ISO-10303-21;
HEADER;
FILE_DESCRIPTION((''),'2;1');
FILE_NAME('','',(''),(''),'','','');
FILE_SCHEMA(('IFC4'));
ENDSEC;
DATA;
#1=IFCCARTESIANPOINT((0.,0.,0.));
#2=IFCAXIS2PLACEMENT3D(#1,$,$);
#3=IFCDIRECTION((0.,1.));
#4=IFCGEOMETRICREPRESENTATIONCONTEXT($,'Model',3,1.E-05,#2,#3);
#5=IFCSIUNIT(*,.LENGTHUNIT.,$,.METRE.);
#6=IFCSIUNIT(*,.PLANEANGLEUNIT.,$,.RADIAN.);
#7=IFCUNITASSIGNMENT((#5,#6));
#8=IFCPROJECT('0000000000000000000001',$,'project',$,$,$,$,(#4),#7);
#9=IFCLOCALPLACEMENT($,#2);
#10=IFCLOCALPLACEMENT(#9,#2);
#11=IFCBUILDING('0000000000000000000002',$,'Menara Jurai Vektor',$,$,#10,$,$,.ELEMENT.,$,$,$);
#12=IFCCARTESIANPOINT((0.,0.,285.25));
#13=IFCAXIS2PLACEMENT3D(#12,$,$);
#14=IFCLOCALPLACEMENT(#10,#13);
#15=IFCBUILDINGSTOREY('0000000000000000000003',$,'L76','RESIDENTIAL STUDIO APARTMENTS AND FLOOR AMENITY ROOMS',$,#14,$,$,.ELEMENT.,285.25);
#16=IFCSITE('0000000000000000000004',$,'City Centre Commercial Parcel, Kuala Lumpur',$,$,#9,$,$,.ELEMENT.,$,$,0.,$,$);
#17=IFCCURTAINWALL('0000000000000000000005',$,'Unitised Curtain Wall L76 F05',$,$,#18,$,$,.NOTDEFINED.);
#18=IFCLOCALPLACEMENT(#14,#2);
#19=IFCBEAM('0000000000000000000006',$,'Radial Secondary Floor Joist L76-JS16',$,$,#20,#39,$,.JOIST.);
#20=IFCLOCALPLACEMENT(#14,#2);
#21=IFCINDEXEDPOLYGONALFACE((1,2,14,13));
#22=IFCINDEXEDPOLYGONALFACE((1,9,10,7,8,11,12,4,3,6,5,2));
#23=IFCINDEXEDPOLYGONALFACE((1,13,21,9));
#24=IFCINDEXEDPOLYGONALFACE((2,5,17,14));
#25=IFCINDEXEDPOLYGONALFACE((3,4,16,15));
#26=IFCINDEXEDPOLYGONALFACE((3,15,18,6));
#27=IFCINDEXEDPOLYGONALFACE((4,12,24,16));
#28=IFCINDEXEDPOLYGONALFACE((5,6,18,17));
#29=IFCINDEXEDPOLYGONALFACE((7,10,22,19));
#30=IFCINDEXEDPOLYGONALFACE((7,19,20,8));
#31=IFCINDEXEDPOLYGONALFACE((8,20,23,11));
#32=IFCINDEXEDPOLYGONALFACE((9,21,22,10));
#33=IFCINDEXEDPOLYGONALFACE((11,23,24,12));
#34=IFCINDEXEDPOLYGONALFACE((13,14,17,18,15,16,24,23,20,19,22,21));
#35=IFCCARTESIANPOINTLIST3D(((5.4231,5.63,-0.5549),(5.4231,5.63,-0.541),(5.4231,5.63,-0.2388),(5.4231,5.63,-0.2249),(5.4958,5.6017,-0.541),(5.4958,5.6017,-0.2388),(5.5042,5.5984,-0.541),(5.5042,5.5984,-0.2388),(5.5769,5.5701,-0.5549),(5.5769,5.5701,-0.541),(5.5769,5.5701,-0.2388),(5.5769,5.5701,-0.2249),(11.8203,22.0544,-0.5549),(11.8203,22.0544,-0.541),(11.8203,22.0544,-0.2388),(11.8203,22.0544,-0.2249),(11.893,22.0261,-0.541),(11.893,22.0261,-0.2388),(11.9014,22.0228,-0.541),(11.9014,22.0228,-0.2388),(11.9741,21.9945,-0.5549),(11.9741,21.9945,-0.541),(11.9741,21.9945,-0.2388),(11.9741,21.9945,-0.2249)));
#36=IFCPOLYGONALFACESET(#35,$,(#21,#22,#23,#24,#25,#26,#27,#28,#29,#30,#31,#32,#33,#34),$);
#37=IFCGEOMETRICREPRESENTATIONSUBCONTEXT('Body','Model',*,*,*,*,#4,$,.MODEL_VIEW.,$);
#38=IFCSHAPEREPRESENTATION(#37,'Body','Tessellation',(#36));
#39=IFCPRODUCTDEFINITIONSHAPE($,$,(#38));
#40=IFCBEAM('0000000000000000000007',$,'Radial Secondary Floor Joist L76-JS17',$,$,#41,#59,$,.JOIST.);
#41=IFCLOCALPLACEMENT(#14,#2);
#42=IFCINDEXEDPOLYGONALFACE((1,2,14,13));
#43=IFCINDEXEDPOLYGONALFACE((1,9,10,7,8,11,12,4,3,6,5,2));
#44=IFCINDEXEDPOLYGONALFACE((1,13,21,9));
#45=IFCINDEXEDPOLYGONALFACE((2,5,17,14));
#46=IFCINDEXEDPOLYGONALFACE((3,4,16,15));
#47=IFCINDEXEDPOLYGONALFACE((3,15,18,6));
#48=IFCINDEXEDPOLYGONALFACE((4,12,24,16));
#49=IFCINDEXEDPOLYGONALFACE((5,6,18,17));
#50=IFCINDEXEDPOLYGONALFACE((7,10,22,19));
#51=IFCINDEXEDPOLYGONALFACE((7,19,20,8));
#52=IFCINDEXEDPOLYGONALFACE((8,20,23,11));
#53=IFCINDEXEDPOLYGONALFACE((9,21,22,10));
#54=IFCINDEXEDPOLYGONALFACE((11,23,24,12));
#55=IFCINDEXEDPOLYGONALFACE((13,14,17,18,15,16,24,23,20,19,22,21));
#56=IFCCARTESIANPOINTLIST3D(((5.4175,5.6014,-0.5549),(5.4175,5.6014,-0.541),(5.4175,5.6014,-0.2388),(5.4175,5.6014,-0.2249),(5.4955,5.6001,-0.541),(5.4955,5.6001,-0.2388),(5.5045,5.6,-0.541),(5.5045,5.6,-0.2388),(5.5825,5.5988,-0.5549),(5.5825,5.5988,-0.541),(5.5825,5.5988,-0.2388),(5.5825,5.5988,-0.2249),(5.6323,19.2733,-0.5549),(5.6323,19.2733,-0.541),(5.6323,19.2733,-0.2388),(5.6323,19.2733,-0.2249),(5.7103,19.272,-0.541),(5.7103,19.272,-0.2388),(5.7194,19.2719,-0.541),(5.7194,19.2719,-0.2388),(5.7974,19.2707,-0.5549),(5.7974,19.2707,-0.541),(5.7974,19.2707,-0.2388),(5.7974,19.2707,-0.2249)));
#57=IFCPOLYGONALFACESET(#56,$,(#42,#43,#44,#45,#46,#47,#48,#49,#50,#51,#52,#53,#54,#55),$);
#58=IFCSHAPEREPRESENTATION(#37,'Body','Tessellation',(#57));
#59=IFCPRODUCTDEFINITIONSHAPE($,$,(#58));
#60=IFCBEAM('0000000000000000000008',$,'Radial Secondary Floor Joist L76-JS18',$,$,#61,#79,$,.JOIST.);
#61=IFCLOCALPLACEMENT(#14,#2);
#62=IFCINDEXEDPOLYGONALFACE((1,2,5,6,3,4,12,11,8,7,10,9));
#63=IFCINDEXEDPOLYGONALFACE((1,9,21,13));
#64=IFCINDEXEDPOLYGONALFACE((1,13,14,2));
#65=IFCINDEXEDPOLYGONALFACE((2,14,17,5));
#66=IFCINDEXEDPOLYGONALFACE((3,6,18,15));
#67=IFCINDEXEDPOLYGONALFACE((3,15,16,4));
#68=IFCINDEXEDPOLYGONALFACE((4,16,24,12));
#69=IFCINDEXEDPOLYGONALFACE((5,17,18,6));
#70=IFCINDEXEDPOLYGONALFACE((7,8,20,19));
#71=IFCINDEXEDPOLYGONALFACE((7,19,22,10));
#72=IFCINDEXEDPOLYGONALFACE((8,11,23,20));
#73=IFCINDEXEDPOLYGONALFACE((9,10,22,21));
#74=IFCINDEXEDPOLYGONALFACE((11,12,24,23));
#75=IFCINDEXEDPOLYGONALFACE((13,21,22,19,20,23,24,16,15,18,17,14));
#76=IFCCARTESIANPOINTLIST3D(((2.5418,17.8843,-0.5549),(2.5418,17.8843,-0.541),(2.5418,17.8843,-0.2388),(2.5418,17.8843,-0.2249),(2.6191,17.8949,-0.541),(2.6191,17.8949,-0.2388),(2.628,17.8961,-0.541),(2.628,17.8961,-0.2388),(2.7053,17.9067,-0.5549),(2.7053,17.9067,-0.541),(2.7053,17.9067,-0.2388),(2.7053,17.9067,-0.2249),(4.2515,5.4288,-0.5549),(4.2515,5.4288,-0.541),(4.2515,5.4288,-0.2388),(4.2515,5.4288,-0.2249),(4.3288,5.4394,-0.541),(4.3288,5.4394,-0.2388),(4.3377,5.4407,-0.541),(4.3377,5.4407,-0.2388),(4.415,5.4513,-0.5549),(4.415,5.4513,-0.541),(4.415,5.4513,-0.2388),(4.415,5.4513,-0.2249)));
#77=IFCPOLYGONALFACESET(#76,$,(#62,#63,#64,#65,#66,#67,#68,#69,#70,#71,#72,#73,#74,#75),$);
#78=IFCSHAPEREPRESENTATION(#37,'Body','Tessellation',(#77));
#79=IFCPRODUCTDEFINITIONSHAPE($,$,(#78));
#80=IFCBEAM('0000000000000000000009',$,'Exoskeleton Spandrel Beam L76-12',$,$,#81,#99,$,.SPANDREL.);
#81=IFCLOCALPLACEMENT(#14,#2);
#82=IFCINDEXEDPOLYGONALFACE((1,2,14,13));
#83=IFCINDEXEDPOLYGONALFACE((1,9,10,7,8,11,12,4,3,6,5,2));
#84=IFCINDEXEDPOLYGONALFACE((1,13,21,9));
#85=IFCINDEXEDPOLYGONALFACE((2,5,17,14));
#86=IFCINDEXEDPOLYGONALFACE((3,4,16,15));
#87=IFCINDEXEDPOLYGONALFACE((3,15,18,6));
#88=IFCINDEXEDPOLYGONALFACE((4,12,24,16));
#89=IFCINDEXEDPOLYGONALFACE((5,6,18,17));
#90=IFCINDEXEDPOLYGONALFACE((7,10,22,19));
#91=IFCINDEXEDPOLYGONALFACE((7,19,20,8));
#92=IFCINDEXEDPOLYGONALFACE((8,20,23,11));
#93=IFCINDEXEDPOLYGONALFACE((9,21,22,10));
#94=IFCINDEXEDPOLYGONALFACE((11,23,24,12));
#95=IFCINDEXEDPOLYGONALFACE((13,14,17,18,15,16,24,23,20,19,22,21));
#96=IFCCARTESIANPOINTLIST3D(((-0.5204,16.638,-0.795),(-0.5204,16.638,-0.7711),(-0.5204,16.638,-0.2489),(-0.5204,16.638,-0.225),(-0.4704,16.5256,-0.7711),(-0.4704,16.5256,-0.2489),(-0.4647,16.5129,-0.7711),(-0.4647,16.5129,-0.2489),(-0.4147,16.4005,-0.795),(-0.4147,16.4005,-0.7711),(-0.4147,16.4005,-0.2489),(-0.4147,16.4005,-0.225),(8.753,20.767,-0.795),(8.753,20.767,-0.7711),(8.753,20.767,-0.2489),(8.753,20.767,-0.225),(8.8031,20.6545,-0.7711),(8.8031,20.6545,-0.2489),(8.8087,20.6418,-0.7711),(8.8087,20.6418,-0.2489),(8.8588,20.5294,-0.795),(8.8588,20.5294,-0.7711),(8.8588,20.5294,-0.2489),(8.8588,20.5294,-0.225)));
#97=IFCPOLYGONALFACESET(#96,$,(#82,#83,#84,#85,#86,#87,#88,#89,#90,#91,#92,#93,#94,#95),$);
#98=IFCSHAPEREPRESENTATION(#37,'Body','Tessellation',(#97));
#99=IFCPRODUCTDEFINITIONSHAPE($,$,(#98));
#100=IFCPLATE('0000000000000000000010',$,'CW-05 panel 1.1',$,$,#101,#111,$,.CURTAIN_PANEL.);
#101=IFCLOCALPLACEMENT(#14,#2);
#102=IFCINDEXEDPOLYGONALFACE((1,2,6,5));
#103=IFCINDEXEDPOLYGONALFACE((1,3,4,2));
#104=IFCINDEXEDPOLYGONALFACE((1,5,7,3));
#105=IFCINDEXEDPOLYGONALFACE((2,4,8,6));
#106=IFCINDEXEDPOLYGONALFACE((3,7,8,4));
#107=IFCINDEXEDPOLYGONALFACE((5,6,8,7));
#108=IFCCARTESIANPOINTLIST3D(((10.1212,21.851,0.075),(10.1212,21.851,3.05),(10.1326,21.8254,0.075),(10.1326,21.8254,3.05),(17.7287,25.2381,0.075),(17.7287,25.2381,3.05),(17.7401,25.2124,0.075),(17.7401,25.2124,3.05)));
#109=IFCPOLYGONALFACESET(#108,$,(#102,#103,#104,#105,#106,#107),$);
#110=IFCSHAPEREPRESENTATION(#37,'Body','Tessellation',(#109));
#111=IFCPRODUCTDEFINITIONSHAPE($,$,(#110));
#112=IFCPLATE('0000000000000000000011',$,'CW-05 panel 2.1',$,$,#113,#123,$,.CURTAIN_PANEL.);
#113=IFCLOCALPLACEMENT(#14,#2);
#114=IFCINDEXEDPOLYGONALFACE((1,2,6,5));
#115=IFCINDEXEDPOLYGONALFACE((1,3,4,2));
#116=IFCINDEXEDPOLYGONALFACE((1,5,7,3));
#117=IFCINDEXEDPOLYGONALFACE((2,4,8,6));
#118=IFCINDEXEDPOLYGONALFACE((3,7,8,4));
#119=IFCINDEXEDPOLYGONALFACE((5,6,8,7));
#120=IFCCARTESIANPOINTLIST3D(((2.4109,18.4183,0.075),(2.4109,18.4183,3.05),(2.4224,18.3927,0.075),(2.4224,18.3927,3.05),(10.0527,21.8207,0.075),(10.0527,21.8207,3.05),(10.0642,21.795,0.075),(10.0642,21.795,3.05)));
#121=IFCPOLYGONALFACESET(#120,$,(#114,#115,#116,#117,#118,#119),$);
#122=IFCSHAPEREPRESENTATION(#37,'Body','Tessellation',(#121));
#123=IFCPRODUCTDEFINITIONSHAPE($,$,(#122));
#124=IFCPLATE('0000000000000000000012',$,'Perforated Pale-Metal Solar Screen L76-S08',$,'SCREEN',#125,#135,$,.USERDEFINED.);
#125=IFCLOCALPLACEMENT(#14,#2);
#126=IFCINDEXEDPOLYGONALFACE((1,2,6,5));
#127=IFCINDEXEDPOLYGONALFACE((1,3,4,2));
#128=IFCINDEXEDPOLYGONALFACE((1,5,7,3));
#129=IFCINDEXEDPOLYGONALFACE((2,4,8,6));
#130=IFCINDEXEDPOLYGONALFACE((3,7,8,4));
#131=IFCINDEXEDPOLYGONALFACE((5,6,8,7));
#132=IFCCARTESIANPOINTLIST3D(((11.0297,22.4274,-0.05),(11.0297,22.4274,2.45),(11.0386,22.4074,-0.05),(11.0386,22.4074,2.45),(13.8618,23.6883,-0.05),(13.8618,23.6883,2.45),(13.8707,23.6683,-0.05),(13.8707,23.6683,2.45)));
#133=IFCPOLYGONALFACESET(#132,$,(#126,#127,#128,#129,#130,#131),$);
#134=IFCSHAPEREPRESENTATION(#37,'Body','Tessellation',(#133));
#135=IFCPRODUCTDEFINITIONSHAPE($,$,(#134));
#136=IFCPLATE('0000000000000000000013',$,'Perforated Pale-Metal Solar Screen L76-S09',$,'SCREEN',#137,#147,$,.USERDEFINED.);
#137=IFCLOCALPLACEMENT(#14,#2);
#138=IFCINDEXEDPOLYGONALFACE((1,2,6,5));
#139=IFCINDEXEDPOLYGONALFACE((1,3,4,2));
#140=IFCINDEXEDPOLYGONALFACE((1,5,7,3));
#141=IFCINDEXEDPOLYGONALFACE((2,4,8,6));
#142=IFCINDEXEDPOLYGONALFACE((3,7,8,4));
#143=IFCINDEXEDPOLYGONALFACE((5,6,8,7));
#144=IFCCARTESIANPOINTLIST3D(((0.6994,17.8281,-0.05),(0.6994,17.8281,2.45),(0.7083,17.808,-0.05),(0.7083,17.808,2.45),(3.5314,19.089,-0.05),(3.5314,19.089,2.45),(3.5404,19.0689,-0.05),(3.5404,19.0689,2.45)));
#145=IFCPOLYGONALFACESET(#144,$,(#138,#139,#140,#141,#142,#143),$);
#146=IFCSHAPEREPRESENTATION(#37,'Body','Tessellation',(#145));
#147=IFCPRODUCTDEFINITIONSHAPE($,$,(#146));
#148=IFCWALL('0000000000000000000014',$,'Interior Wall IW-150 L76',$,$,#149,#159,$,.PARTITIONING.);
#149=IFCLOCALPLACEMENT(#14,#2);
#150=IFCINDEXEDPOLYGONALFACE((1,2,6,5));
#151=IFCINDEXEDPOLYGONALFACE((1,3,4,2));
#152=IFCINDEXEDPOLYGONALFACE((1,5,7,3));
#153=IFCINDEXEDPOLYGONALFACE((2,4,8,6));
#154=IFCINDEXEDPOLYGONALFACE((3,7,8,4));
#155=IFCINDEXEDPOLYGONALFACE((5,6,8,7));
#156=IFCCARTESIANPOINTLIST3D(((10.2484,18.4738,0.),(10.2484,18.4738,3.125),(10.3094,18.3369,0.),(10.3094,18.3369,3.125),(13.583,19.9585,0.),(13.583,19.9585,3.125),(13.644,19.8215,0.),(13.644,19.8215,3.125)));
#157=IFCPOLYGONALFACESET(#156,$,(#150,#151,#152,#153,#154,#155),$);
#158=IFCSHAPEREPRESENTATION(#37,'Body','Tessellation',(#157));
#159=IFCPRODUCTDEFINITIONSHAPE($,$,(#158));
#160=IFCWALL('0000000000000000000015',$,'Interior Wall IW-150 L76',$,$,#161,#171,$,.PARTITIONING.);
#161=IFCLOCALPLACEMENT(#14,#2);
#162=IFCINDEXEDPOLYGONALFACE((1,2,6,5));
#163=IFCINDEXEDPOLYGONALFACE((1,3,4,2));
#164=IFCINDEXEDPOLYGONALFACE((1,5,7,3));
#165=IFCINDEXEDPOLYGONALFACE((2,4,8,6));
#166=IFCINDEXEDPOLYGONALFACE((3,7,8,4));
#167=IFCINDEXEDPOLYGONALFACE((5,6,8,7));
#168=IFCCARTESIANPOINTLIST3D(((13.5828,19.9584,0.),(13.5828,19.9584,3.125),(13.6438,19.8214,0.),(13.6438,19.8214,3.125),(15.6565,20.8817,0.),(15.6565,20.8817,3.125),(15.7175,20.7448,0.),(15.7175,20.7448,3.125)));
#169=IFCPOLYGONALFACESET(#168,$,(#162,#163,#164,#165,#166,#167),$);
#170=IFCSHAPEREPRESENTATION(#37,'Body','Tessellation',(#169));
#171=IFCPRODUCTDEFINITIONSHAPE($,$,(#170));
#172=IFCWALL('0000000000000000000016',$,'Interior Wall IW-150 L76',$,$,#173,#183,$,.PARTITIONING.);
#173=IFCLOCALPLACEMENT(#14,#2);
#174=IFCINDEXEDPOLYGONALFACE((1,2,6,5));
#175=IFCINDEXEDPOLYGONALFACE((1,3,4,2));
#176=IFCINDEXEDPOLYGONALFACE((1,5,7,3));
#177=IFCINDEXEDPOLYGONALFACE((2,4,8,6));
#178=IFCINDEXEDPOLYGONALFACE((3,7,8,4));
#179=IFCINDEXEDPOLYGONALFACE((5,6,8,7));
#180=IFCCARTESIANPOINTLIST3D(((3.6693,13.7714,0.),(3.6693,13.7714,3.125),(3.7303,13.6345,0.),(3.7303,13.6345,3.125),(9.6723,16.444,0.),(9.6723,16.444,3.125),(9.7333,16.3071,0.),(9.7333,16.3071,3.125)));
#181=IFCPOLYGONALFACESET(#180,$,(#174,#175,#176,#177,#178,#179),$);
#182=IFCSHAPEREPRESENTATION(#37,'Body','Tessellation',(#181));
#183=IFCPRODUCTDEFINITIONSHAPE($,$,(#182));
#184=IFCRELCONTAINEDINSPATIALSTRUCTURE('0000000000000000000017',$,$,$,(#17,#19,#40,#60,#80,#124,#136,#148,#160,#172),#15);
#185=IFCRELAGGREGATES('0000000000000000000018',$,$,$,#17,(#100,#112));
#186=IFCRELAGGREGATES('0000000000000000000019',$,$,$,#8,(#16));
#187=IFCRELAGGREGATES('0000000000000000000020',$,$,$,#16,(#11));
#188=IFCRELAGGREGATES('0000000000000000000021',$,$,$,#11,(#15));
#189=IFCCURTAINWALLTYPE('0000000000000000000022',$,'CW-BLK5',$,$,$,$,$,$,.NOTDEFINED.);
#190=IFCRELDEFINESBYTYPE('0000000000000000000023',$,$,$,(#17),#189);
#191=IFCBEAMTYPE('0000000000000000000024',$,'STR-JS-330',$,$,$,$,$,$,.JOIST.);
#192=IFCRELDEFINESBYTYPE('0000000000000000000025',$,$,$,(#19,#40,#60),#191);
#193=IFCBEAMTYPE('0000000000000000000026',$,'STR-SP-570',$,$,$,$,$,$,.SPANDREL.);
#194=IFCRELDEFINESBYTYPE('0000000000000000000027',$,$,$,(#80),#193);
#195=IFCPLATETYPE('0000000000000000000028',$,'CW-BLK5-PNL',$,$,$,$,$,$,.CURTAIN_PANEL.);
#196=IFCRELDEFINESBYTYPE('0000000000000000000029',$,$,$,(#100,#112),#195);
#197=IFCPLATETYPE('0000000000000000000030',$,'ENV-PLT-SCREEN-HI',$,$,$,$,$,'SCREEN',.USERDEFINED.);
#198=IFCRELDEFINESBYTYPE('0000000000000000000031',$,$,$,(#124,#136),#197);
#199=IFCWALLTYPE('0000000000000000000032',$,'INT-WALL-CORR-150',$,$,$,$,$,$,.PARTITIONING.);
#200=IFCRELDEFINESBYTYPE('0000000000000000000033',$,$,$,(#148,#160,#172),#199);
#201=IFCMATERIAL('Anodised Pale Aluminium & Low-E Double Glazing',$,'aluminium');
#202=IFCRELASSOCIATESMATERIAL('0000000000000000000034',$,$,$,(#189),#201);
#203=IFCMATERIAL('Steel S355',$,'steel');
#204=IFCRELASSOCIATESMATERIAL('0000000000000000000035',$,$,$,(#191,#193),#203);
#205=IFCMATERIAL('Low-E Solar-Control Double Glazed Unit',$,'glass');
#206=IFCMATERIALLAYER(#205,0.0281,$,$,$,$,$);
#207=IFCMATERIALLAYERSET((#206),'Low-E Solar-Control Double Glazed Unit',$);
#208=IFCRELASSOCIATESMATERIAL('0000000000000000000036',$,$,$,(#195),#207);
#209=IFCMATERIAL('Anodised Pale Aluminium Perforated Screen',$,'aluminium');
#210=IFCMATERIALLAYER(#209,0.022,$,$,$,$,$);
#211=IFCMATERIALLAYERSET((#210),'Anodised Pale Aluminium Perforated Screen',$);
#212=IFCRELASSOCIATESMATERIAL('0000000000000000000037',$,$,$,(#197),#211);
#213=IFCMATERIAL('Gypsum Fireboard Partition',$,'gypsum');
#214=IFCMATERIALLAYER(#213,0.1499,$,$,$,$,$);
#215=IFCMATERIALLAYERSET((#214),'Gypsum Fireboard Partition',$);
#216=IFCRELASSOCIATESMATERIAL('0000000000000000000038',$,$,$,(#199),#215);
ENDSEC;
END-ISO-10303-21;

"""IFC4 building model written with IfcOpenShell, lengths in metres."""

from ifc_helpers import new_model, si_unit, direction, frame, frame_2d, origin, origin_2d, place, context, subcontext, project, spatial, rectangle, i_section, extrude, material, layer, layer_set, material_profile, profile_set, type_object, element, aggregate, save


model = new_model("IFC4")

# Units and contexts
model_context = context("Model", 3, precision=1e-05, world=origin(), true_north=direction((0.0, 1.0)))
body_context = subcontext(model_context, "Body", "Model", "MODEL_VIEW")
ifc_project = project(units=[si_unit("LENGTHUNIT", "METRE"), si_unit("PLANEANGLEUNIT", "RADIAN")], contexts=[model_context])

# Site, building, storey
site_placement = place(None, origin())
site = spatial("IfcSite", under=ifc_project, at=site_placement, Name="City Centre Commercial Parcel, Kuala Lumpur", CompositionType="ELEMENT", RefElevation=0.0)
building_placement = place(site_placement, origin())
building = spatial("IfcBuilding", under=site, at=building_placement, Name="Menara Jurai Vektor", CompositionType="ELEMENT")
storey_placement = place(building_placement, frame((0.0, 0.0, 285.25)))
storey = spatial("IfcBuildingStorey", under=building, at=storey_placement, Name="L76", Description="RESIDENTIAL STUDIO APARTMENTS AND FLOOR AMENITY ROOMS", CompositionType="ELEMENT", Elevation=285.25)

# Curtain wall
ifc_material_1 = material(Name="Anodised Pale Aluminium & Low-E Double Glazing", Category="aluminium")
curtain_wall_type = type_object("IfcCurtainWallType", Name="CW-BLK5", PredefinedType="NOTDEFINED", material=ifc_material_1)
curtain_wall_placement = place(storey_placement, origin())
curtain_wall = element("IfcCurtainWall", 1, at=curtain_wall_placement, inside=storey, type_object=curtain_wall_type, Name="Unitised Curtain Wall L76 F05", PredefinedType="NOTDEFINED")

# Beams
ifc_material_2 = material(Name="Steel S355", Category="steel")
ifc_material_profile_1 = material_profile(ifc_material_2, i_section(OverallWidth=0.165, OverallDepth=0.3301, WebThickness=0.009, FlangeThickness=0.0139, at=origin_2d()), Name="PG 330x165x46")
ifc_profile_set_1 = profile_set([ifc_material_profile_1], Name="Steel S355")
beam_type_1 = type_object("IfcBeamType", Name="STR-JS-330", PredefinedType="JOIST", material=ifc_profile_set_1)
beam_1_placement = place(storey_placement, frame((11.8972, 22.0244, -0.3899), z_axis=(-0.362938, -0.931813, 0.0), x_axis=(0.931813, -0.362938, 0.0)))
element("IfcBeam", 2, at=beam_1_placement, inside=storey, type_object=beam_type_1, Name="Radial Secondary Floor Joist L76-JS16", PredefinedType="JOIST", context=body_context, shape_type="SweptSolid", body=[
    extrude(i_section(OverallWidth=0.165, OverallDepth=0.3301, WebThickness=0.009, FlangeThickness=0.0139, at=origin_2d()), origin(), (0.0, 0.0, 1.0), 17.6262),
])
beam_2_placement = place(storey_placement, frame((5.7148, 19.272, -0.3899), z_axis=(-0.015712, -0.999877, 0.0), x_axis=(0.999877, -0.015712, 0.0)))
element("IfcBeam", 3, at=beam_2_placement, inside=storey, type_object=beam_type_1, Name="Radial Secondary Floor Joist L76-JS17", PredefinedType="JOIST", context=body_context, shape_type="SweptSolid", body=[
    extrude(i_section(OverallWidth=0.165, OverallDepth=0.3301, WebThickness=0.009, FlangeThickness=0.0139, at=origin_2d()), origin(), (0.0, 0.0, 1.0), 13.6736),
])
beam_3_placement = place(storey_placement, frame((2.6235, 17.8955, -0.3899), z_axis=(0.13599, -0.99071, 0.0), x_axis=(0.99071, 0.13599, 0.0)))
element("IfcBeam", 4, at=beam_3_placement, inside=storey, type_object=beam_type_1, Name="Radial Secondary Floor Joist L76-JS18", PredefinedType="JOIST", context=body_context, shape_type="SweptSolid", body=[
    extrude(i_section(OverallWidth=0.165, OverallDepth=0.3301, WebThickness=0.009, FlangeThickness=0.0139, at=origin_2d()), origin(), (0.0, 0.0, 1.0), 12.5723),
])
ifc_material_profile_2 = material_profile(ifc_material_2, i_section(OverallWidth=0.26, OverallDepth=0.5701, WebThickness=0.0139, FlangeThickness=0.0239, at=origin_2d()), Name="PG 570x260x145")
ifc_profile_set_2 = profile_set([ifc_material_profile_2], Name="Steel S355")
beam_type_2 = type_object("IfcBeamType", Name="STR-SP-570", PredefinedType="SPANDREL", material=ifc_profile_set_2)
beam_4_placement = place(storey_placement, frame((8.8059, 20.6482, -0.51), z_axis=(-0.913542, -0.406745, 0.0), x_axis=(0.406745, -0.913542, 0.0)))
element("IfcBeam", 5, at=beam_4_placement, inside=storey, type_object=beam_type_2, Name="Exoskeleton Spandrel Beam L76-12", PredefinedType="SPANDREL", context=body_context, shape_type="SweptSolid", body=[
    extrude(i_section(OverallWidth=0.26, OverallDepth=0.5701, WebThickness=0.0139, FlangeThickness=0.0239, at=origin_2d()), origin(), (0.0, 0.0, 1.0), 10.1511),
])

# Plates
ifc_material_3 = material(Name="Low-E Solar-Control Double Glazed Unit", Category="glass")
ifc_layer_1 = layer(ifc_material_3, 0.0281)
ifc_layer_set_1 = layer_set([ifc_layer_1], Name="Low-E Solar-Control Double Glazed Unit")
plate_type_1 = type_object("IfcPlateType", Name="CW-BLK5-PNL", PredefinedType="CURTAIN_PANEL", material=ifc_layer_set_1)
plate_1_placement = place(storey_placement, frame((13.9307, 23.5317, 0.075), z_axis=(0.0, 0.0, 1.0), x_axis=(-0.913546, -0.406735, 0.0)))
plate_1 = element("IfcPlate", 6, at=plate_1_placement, type_object=plate_type_1, Name="CW-05 panel 1.1", PredefinedType="CURTAIN_PANEL", context=body_context, shape_type="SweptSolid", body=[
    extrude(rectangle(XDim=8.3274, YDim=0.0281, at=origin_2d()), origin(), (0.0, 0.0, 1.0), 2.9751),
])
plate_2_placement = place(storey_placement, frame((6.2375, 20.1067, 0.075), z_axis=(0.0, 0.0, 1.0), x_axis=(-0.913546, -0.406735, 0.0)))
plate_2 = element("IfcPlate", 7, at=plate_2_placement, type_object=plate_type_1, Name="CW-05 panel 2.1", PredefinedType="CURTAIN_PANEL", context=body_context, shape_type="SweptSolid", body=[
    extrude(rectangle(XDim=8.365, YDim=0.0281, at=origin_2d()), origin(), (0.0, 0.0, 1.0), 2.9751),
])
aggregate(curtain_wall, [plate_1, plate_2])

# Plates
ifc_material_4 = material(Name="Anodised Pale Aluminium Perforated Screen", Category="aluminium")
ifc_layer_2 = layer(ifc_material_4, 0.022)
ifc_layer_set_2 = layer_set([ifc_layer_2], Name="Anodised Pale Aluminium Perforated Screen")
plate_type_2 = type_object("IfcPlateType", Name="ENV-PLT-SCREEN-HI", ElementType="SCREEN", PredefinedType="USERDEFINED", material=ifc_layer_set_2)
for number, where, z_axis, x_axis, name in (
    (8, (12.4502, 23.0479, -0.05), (0.0, 0.0, 1.0), (-0.913545, -0.406737, 0.0), "Perforated Pale-Metal Solar Screen L76-S08"),
    (9, (2.1199, 18.4485, -0.05), (0.0, 0.0, 1.0), (-0.913545, -0.406737, 0.0), "Perforated Pale-Metal Solar Screen L76-S09"),
):
    element("IfcPlate", number, at=place(storey_placement, frame(where, z_axis=z_axis, x_axis=x_axis)), inside=storey, type_object=plate_type_2, Name=name, ObjectType="SCREEN", PredefinedType="USERDEFINED", context=body_context, shape_type="SweptSolid", body=[
        extrude(rectangle(XDim=3.1001, YDim=0.022, at=origin_2d()), origin(), (0.0, 0.0, 1.0), 2.5),
    ])

# Walls
ifc_material_5 = material(Name="Gypsum Fireboard Partition", Category="gypsum")
ifc_layer_3 = layer(ifc_material_5, 0.1499)
ifc_layer_set_3 = layer_set([ifc_layer_3], Name="Gypsum Fireboard Partition")
wall_type = type_object("IfcWallType", Name="INT-WALL-CORR-150", PredefinedType="PARTITIONING", material=ifc_layer_set_3)
wall_1_placement = place(storey_placement, frame((10.2788, 18.4053, 0.0), z_axis=(0.0, 0.0, 1.0), x_axis=(0.913544, 0.40674, 0.0)))
element("IfcWall", 10, at=wall_1_placement, inside=storey, type_object=wall_type, Name="Interior Wall IW-150 L76", PredefinedType="PARTITIONING", context=body_context, shape_type="SweptSolid", body=[
    extrude(rectangle(XDim=3.6501, YDim=0.1499, at=frame_2d((1.8252, 0.0))), origin(), (0.0, 0.0, 1.0), 3.125),
])
wall_2_placement = place(storey_placement, frame((13.6133, 19.8899, 0.0), z_axis=(0.0, 0.0, 1.0), x_axis=(0.913536, 0.406757, 0.0)))
element("IfcWall", 11, at=wall_2_placement, inside=storey, type_object=wall_type, Name="Interior Wall IW-150 L76", PredefinedType="PARTITIONING", context=body_context, shape_type="SweptSolid", body=[
    extrude(rectangle(XDim=2.27, YDim=0.1499, at=frame_2d((1.135, 0.0))), origin(), (0.0, 0.0, 1.0), 3.125),
])
wall_3_placement = place(storey_placement, frame((3.6997, 13.7029, 0.0), z_axis=(0.0, 0.0, 1.0), x_axis=(0.913549, 0.406728, 0.0)))
element("IfcWall", 12, at=wall_3_placement, inside=storey, type_object=wall_type, Name="Interior Wall IW-150 L76", PredefinedType="PARTITIONING", context=body_context, shape_type="SweptSolid", body=[
    extrude(rectangle(XDim=6.571, YDim=0.1499, at=frame_2d((3.2856, 0.0))), origin(), (0.0, 0.0, 1.0), 3.125),
])

save(model, "model.ifc")
